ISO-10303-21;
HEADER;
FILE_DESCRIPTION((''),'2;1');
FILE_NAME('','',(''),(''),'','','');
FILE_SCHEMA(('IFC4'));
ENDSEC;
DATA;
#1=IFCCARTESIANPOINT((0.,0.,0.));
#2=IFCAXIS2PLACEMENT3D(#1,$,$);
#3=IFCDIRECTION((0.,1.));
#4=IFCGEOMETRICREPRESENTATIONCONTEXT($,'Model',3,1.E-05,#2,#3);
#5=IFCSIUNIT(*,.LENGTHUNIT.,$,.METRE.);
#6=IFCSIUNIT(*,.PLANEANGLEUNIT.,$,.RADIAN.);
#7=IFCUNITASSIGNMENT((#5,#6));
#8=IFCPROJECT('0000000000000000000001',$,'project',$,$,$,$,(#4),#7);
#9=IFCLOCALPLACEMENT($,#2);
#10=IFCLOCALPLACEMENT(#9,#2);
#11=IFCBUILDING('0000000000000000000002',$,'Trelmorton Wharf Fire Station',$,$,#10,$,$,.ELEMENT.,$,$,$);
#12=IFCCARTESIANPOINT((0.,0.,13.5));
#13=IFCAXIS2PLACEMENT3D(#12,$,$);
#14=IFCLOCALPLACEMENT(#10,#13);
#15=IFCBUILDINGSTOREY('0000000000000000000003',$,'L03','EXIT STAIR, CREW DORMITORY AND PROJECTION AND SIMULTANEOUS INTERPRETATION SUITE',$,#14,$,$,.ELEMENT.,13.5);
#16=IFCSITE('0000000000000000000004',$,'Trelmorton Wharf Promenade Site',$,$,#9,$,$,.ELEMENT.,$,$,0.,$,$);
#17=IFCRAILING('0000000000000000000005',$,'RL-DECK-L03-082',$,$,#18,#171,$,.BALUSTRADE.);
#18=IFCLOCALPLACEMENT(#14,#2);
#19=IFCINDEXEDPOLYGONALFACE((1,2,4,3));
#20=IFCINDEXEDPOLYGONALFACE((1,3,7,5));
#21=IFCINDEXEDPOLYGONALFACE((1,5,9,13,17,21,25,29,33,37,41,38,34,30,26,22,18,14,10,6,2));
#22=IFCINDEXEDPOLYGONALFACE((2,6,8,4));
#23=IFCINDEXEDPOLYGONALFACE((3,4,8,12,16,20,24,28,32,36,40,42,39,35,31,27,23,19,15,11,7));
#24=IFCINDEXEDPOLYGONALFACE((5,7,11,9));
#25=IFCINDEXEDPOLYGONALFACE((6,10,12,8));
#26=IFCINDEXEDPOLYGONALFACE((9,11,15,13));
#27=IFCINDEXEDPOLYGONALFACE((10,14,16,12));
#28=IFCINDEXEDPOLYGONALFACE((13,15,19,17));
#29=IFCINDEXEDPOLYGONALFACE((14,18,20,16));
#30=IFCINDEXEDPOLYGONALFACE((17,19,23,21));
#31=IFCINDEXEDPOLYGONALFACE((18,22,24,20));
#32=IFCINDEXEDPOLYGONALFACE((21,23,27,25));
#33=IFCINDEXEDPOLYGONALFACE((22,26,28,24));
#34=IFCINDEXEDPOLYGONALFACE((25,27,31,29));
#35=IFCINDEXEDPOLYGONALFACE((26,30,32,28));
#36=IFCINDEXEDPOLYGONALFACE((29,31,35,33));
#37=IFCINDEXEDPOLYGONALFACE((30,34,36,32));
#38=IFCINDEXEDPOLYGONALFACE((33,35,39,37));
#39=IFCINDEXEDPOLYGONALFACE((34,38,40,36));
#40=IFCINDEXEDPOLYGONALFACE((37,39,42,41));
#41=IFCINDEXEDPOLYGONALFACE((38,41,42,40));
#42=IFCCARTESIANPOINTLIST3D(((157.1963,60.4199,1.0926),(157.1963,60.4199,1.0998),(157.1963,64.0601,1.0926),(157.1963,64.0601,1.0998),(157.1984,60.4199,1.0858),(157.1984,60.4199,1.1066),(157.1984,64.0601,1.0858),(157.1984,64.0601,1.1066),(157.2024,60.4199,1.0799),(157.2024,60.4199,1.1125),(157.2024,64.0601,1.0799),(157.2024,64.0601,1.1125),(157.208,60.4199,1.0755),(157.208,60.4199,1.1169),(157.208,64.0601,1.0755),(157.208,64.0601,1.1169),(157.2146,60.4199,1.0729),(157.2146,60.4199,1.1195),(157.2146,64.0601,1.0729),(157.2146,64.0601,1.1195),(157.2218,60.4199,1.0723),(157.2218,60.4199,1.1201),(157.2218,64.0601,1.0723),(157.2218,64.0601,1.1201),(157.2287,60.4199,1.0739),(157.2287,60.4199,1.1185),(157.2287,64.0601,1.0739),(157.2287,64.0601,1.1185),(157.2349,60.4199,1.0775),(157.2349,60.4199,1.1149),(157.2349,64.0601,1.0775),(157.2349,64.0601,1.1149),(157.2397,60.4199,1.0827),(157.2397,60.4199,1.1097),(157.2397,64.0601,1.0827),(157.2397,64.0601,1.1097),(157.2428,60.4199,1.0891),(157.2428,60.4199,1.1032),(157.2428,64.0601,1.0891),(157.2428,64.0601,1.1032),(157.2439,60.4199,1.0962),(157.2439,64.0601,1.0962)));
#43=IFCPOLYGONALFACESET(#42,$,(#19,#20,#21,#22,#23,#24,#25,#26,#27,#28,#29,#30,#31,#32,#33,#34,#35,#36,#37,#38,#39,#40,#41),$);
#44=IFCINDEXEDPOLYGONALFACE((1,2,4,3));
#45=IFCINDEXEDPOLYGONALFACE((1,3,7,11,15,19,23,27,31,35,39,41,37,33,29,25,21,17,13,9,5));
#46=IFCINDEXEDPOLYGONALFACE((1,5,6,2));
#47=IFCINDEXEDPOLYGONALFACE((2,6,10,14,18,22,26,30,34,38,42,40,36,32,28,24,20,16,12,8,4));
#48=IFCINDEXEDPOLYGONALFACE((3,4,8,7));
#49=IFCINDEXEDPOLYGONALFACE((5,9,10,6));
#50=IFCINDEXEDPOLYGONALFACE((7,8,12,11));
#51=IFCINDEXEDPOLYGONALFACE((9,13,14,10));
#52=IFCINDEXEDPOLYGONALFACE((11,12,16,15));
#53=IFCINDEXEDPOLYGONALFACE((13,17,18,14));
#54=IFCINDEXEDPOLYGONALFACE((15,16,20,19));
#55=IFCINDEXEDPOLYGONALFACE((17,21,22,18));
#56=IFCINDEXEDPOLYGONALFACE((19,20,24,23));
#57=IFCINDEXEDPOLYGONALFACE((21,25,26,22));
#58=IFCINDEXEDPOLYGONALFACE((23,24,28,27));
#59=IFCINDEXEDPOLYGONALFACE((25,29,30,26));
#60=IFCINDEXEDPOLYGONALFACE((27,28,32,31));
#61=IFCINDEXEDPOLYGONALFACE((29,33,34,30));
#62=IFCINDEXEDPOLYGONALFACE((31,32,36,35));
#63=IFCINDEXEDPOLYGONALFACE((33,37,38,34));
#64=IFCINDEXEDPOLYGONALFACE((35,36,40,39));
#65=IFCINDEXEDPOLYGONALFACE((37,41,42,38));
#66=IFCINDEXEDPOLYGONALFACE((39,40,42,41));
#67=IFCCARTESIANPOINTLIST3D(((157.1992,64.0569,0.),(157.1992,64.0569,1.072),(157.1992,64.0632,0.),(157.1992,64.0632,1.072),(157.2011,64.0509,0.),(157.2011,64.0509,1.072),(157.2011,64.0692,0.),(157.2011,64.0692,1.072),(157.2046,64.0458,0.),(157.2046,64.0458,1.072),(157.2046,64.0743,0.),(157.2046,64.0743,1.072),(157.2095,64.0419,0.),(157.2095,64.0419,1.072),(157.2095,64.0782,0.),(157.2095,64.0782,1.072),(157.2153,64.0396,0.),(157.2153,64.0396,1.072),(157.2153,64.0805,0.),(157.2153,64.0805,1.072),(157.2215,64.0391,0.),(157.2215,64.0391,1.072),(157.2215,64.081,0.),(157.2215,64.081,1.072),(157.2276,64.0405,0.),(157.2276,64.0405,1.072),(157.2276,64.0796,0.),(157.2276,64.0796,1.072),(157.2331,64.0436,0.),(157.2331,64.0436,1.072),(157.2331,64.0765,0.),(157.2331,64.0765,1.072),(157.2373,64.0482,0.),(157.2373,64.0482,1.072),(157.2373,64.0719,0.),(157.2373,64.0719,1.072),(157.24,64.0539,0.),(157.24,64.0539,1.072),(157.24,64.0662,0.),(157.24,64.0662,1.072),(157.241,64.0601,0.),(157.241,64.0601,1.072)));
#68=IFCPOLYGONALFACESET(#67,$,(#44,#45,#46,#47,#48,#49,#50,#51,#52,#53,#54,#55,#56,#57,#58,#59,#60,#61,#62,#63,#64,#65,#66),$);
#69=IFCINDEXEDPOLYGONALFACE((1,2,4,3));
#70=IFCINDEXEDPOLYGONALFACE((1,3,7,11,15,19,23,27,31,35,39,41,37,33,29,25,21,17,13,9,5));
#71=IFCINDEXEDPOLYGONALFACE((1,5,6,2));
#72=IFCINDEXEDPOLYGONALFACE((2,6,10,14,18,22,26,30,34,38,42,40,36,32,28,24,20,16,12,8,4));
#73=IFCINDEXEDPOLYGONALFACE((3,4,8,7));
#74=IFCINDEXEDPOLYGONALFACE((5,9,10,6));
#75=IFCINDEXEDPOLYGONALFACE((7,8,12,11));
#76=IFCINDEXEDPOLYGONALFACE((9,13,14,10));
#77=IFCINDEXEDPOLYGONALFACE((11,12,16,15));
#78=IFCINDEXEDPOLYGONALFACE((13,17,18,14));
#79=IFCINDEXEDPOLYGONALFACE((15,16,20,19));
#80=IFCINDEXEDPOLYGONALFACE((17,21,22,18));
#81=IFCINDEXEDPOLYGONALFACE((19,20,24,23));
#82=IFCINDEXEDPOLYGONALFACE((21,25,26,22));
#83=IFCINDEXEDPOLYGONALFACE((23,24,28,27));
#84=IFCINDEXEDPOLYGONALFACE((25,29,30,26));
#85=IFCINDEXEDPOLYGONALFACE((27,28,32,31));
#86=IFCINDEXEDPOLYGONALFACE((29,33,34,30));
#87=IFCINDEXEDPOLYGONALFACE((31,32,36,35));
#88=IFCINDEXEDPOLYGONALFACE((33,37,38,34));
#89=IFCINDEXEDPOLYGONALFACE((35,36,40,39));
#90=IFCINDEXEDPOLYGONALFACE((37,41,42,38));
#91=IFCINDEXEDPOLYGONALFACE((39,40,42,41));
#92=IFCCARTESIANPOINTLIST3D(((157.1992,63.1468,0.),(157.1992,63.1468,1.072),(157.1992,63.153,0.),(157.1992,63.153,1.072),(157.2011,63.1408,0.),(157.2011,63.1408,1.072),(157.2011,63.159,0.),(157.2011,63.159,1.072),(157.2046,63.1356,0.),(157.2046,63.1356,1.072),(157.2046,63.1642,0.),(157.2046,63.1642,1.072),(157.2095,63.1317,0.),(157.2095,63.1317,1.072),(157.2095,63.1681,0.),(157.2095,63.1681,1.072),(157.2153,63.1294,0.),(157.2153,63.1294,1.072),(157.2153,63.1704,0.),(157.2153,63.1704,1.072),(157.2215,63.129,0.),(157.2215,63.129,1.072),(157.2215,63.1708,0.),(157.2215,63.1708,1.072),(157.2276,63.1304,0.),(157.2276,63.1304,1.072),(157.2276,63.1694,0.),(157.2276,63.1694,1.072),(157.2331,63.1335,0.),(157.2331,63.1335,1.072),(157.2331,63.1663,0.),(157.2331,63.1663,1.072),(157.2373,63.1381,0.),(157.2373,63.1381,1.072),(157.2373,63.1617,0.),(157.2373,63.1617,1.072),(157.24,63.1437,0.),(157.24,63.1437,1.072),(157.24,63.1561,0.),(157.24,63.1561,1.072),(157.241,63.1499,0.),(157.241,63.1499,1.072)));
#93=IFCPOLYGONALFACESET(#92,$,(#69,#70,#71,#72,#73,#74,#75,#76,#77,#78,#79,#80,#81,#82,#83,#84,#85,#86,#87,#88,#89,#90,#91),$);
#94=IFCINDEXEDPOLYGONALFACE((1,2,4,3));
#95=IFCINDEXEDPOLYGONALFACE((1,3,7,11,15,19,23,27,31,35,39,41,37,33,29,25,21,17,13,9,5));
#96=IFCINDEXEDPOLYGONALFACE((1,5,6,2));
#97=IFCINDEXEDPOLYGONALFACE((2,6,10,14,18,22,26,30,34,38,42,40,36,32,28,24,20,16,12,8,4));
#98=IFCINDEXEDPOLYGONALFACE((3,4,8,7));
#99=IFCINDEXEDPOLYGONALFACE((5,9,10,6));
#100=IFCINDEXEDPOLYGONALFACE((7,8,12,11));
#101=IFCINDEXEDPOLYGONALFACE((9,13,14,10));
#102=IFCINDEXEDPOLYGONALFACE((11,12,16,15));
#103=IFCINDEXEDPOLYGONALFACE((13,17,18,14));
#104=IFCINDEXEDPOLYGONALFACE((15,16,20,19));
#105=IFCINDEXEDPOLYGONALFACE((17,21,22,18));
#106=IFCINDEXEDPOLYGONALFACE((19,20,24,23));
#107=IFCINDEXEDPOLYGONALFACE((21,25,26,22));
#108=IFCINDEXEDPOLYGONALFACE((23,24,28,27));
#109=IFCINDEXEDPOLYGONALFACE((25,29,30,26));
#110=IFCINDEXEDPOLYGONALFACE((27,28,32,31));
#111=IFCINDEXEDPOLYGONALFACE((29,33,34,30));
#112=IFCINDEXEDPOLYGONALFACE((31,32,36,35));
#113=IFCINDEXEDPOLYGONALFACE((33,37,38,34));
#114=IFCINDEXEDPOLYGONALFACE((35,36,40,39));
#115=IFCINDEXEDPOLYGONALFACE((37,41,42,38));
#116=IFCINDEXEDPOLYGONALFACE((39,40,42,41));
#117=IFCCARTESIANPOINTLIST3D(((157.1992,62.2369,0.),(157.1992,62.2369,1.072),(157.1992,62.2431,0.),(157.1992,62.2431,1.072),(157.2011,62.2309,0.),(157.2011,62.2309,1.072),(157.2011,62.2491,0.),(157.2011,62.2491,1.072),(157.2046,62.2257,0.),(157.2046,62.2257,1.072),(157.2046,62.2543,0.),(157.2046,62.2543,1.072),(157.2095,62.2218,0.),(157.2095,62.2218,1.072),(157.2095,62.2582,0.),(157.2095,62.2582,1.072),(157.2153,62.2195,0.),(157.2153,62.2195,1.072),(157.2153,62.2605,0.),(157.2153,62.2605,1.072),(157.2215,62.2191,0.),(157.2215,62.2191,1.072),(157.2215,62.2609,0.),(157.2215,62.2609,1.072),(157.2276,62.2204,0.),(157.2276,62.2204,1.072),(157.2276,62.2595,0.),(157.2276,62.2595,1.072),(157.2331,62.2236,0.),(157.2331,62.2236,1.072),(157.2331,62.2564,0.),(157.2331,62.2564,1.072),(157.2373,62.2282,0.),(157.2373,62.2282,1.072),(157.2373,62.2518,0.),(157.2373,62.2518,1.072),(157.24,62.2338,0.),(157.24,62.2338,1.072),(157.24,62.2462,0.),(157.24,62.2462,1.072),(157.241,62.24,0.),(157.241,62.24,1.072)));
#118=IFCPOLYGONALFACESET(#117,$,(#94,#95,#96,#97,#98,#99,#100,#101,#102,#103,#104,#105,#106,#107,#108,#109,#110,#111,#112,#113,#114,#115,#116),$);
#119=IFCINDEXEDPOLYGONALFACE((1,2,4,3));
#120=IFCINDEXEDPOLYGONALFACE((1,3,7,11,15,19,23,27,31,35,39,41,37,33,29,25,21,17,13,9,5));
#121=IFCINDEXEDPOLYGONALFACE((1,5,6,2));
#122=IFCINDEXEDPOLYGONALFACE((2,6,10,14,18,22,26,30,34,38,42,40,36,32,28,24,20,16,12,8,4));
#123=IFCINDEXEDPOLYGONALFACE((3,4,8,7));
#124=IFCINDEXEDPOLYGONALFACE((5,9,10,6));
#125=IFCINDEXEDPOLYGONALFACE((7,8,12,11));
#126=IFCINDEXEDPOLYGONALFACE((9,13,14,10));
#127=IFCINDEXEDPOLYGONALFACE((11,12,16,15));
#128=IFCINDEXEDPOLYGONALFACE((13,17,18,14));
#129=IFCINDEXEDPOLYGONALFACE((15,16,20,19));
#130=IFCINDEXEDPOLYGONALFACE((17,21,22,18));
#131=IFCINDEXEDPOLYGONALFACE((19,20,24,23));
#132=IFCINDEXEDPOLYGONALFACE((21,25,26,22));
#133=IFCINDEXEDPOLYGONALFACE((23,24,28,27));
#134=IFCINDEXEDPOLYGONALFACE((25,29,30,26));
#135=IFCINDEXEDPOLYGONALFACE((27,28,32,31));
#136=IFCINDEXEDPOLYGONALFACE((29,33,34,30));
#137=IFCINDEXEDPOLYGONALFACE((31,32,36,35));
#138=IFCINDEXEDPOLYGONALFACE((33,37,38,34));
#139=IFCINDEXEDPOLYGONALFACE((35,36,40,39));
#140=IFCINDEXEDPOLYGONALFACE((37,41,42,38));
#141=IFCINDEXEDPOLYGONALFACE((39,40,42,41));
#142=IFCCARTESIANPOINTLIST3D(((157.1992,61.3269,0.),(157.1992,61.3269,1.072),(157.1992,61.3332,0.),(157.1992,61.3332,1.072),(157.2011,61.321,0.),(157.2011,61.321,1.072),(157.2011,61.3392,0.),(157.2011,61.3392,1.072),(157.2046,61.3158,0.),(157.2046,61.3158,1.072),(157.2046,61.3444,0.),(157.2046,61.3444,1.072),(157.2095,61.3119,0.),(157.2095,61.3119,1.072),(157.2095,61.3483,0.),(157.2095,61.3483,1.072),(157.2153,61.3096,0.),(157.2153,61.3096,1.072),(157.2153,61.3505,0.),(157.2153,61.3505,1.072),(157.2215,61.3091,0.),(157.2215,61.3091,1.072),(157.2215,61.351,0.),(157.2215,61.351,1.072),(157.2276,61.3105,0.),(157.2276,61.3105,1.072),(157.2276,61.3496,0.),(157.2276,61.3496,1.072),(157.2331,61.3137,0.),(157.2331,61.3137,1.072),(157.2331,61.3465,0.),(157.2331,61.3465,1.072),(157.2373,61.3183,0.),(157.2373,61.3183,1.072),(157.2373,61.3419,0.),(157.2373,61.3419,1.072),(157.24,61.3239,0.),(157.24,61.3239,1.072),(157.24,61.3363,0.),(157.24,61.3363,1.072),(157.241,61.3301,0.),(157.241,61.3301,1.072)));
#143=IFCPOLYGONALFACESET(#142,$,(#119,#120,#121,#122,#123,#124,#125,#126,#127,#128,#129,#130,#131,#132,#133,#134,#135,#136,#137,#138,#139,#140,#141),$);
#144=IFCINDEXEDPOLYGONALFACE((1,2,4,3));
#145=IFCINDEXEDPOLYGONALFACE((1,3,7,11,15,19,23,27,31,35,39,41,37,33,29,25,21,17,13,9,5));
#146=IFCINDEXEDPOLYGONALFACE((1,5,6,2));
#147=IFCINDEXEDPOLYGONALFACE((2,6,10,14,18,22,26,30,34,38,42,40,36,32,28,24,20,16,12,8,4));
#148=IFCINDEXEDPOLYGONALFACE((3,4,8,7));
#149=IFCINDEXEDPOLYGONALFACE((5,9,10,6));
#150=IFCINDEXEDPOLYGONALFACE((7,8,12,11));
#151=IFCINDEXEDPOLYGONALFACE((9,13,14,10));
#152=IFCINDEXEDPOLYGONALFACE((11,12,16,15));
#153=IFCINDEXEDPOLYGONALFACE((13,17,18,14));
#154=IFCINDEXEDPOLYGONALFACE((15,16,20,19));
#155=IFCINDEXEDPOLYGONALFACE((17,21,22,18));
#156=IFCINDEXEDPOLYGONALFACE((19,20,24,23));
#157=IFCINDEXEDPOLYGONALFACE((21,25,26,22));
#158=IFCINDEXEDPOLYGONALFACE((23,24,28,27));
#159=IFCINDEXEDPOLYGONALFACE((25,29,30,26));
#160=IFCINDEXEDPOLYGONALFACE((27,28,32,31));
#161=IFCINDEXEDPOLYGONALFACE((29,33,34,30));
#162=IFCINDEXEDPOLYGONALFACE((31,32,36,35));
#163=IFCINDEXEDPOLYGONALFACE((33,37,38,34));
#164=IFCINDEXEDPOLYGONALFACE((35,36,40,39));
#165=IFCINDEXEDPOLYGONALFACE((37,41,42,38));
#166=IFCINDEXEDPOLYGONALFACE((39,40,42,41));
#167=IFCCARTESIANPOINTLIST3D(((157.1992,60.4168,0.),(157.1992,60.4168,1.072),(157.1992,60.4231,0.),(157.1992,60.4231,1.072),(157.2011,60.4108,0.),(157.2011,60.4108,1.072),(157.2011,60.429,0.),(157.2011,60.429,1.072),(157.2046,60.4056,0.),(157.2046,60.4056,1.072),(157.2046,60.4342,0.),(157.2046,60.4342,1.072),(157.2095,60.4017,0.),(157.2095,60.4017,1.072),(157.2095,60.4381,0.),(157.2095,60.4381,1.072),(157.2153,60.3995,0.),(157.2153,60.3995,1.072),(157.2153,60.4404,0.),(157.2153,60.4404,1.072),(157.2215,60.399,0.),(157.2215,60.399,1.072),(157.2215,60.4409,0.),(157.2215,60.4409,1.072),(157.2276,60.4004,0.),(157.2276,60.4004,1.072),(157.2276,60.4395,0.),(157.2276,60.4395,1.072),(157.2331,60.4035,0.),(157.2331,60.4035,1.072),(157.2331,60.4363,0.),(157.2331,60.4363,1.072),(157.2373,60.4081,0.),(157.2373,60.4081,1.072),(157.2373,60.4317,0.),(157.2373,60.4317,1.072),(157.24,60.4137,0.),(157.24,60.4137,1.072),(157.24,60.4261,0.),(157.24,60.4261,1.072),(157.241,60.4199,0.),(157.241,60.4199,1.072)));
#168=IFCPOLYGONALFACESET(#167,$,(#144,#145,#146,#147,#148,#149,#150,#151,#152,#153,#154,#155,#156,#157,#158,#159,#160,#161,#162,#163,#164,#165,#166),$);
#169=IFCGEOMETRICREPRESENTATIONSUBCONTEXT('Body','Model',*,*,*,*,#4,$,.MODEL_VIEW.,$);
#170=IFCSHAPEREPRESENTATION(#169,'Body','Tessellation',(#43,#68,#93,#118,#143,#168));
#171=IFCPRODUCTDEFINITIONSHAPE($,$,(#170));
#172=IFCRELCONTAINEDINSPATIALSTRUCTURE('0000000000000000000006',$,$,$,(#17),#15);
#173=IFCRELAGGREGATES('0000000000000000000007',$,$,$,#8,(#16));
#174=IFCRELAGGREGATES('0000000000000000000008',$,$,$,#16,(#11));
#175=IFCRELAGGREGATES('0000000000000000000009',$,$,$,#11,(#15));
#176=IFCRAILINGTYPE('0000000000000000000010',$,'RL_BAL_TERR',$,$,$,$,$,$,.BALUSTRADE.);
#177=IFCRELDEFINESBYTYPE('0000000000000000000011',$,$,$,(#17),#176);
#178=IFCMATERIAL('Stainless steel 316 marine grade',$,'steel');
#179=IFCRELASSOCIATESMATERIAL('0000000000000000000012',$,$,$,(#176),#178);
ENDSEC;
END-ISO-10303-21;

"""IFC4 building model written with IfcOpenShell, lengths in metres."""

from ifc_helpers import new_model, si_unit, direction, frame, origin, origin_2d, place, context, subcontext, project, spatial, circle, extrude, material, type_object, element, save


model = new_model("IFC4")

# Units and contexts
model_context = context("Model", 3, precision=1e-05, world=origin(), true_north=direction((0.0, 1.0)))
body_context = subcontext(model_context, "Body", "Model", "MODEL_VIEW")
ifc_project = project(units=[si_unit("LENGTHUNIT", "METRE"), si_unit("PLANEANGLEUNIT", "RADIAN")], contexts=[model_context])

# Site, building, storey
site_placement = place(None, origin())
site = spatial("IfcSite", under=ifc_project, at=site_placement, Name="Trelmorton Wharf Promenade Site", CompositionType="ELEMENT", RefElevation=0.0)
building_placement = place(site_placement, origin())
building = spatial("IfcBuilding", under=site, at=building_placement, Name="Trelmorton Wharf Fire Station", CompositionType="ELEMENT")
storey_placement = place(building_placement, frame((0.0, 0.0, 13.5)))
storey = spatial("IfcBuildingStorey", under=building, at=storey_placement, Name="L03", Description="EXIT STAIR, CREW DORMITORY AND PROJECTION AND SIMULTANEOUS INTERPRETATION SUITE", CompositionType="ELEMENT", Elevation=13.5)

# Railing
ifc_material_1 = material(Name="Stainless steel 316 marine grade", Category="steel")
railing_type = type_object("IfcRailingType", Name="RL_BAL_TERR", PredefinedType="BALUSTRADE", material=ifc_material_1)
railing_1_placement = place(storey_placement, frame((157.22, 64.0601, 0.0)))
element("IfcRailing", 1, at=railing_1_placement, inside=storey, type_object=railing_type, Name="RL-DECK-L03-082", PredefinedType="BALUSTRADE", context=body_context, shape_type="SweptSolid", body=[
    extrude(circle(Radius=0.0239, at=origin_2d()), frame((0.0, 0.0, 1.0962), z_axis=(0.0, -1.0, 0.0), x_axis=(1.0, 0.0, 0.0)), (0.0, 0.0, 1.0), 3.6401),
    extrude(circle(Radius=0.021, at=origin_2d()), origin(), (0.0, 0.0, 1.0), 1.072),
    extrude(circle(Radius=0.021, at=origin_2d()), frame((0.0, -0.9102, 0.0)), (0.0, 0.0, 1.0), 1.072),
    extrude(circle(Radius=0.021, at=origin_2d()), frame((0.0, -1.8201, 0.0)), (0.0, 0.0, 1.0), 1.072),
    extrude(circle(Radius=0.021, at=origin_2d()), frame((0.0, -2.73, 0.0)), (0.0, 0.0, 1.0), 1.072),
    extrude(circle(Radius=0.021, at=origin_2d()), frame((0.0, -3.6401, 0.0)), (0.0, 0.0, 1.0), 1.072),
])

save(model, "model.ifc")
